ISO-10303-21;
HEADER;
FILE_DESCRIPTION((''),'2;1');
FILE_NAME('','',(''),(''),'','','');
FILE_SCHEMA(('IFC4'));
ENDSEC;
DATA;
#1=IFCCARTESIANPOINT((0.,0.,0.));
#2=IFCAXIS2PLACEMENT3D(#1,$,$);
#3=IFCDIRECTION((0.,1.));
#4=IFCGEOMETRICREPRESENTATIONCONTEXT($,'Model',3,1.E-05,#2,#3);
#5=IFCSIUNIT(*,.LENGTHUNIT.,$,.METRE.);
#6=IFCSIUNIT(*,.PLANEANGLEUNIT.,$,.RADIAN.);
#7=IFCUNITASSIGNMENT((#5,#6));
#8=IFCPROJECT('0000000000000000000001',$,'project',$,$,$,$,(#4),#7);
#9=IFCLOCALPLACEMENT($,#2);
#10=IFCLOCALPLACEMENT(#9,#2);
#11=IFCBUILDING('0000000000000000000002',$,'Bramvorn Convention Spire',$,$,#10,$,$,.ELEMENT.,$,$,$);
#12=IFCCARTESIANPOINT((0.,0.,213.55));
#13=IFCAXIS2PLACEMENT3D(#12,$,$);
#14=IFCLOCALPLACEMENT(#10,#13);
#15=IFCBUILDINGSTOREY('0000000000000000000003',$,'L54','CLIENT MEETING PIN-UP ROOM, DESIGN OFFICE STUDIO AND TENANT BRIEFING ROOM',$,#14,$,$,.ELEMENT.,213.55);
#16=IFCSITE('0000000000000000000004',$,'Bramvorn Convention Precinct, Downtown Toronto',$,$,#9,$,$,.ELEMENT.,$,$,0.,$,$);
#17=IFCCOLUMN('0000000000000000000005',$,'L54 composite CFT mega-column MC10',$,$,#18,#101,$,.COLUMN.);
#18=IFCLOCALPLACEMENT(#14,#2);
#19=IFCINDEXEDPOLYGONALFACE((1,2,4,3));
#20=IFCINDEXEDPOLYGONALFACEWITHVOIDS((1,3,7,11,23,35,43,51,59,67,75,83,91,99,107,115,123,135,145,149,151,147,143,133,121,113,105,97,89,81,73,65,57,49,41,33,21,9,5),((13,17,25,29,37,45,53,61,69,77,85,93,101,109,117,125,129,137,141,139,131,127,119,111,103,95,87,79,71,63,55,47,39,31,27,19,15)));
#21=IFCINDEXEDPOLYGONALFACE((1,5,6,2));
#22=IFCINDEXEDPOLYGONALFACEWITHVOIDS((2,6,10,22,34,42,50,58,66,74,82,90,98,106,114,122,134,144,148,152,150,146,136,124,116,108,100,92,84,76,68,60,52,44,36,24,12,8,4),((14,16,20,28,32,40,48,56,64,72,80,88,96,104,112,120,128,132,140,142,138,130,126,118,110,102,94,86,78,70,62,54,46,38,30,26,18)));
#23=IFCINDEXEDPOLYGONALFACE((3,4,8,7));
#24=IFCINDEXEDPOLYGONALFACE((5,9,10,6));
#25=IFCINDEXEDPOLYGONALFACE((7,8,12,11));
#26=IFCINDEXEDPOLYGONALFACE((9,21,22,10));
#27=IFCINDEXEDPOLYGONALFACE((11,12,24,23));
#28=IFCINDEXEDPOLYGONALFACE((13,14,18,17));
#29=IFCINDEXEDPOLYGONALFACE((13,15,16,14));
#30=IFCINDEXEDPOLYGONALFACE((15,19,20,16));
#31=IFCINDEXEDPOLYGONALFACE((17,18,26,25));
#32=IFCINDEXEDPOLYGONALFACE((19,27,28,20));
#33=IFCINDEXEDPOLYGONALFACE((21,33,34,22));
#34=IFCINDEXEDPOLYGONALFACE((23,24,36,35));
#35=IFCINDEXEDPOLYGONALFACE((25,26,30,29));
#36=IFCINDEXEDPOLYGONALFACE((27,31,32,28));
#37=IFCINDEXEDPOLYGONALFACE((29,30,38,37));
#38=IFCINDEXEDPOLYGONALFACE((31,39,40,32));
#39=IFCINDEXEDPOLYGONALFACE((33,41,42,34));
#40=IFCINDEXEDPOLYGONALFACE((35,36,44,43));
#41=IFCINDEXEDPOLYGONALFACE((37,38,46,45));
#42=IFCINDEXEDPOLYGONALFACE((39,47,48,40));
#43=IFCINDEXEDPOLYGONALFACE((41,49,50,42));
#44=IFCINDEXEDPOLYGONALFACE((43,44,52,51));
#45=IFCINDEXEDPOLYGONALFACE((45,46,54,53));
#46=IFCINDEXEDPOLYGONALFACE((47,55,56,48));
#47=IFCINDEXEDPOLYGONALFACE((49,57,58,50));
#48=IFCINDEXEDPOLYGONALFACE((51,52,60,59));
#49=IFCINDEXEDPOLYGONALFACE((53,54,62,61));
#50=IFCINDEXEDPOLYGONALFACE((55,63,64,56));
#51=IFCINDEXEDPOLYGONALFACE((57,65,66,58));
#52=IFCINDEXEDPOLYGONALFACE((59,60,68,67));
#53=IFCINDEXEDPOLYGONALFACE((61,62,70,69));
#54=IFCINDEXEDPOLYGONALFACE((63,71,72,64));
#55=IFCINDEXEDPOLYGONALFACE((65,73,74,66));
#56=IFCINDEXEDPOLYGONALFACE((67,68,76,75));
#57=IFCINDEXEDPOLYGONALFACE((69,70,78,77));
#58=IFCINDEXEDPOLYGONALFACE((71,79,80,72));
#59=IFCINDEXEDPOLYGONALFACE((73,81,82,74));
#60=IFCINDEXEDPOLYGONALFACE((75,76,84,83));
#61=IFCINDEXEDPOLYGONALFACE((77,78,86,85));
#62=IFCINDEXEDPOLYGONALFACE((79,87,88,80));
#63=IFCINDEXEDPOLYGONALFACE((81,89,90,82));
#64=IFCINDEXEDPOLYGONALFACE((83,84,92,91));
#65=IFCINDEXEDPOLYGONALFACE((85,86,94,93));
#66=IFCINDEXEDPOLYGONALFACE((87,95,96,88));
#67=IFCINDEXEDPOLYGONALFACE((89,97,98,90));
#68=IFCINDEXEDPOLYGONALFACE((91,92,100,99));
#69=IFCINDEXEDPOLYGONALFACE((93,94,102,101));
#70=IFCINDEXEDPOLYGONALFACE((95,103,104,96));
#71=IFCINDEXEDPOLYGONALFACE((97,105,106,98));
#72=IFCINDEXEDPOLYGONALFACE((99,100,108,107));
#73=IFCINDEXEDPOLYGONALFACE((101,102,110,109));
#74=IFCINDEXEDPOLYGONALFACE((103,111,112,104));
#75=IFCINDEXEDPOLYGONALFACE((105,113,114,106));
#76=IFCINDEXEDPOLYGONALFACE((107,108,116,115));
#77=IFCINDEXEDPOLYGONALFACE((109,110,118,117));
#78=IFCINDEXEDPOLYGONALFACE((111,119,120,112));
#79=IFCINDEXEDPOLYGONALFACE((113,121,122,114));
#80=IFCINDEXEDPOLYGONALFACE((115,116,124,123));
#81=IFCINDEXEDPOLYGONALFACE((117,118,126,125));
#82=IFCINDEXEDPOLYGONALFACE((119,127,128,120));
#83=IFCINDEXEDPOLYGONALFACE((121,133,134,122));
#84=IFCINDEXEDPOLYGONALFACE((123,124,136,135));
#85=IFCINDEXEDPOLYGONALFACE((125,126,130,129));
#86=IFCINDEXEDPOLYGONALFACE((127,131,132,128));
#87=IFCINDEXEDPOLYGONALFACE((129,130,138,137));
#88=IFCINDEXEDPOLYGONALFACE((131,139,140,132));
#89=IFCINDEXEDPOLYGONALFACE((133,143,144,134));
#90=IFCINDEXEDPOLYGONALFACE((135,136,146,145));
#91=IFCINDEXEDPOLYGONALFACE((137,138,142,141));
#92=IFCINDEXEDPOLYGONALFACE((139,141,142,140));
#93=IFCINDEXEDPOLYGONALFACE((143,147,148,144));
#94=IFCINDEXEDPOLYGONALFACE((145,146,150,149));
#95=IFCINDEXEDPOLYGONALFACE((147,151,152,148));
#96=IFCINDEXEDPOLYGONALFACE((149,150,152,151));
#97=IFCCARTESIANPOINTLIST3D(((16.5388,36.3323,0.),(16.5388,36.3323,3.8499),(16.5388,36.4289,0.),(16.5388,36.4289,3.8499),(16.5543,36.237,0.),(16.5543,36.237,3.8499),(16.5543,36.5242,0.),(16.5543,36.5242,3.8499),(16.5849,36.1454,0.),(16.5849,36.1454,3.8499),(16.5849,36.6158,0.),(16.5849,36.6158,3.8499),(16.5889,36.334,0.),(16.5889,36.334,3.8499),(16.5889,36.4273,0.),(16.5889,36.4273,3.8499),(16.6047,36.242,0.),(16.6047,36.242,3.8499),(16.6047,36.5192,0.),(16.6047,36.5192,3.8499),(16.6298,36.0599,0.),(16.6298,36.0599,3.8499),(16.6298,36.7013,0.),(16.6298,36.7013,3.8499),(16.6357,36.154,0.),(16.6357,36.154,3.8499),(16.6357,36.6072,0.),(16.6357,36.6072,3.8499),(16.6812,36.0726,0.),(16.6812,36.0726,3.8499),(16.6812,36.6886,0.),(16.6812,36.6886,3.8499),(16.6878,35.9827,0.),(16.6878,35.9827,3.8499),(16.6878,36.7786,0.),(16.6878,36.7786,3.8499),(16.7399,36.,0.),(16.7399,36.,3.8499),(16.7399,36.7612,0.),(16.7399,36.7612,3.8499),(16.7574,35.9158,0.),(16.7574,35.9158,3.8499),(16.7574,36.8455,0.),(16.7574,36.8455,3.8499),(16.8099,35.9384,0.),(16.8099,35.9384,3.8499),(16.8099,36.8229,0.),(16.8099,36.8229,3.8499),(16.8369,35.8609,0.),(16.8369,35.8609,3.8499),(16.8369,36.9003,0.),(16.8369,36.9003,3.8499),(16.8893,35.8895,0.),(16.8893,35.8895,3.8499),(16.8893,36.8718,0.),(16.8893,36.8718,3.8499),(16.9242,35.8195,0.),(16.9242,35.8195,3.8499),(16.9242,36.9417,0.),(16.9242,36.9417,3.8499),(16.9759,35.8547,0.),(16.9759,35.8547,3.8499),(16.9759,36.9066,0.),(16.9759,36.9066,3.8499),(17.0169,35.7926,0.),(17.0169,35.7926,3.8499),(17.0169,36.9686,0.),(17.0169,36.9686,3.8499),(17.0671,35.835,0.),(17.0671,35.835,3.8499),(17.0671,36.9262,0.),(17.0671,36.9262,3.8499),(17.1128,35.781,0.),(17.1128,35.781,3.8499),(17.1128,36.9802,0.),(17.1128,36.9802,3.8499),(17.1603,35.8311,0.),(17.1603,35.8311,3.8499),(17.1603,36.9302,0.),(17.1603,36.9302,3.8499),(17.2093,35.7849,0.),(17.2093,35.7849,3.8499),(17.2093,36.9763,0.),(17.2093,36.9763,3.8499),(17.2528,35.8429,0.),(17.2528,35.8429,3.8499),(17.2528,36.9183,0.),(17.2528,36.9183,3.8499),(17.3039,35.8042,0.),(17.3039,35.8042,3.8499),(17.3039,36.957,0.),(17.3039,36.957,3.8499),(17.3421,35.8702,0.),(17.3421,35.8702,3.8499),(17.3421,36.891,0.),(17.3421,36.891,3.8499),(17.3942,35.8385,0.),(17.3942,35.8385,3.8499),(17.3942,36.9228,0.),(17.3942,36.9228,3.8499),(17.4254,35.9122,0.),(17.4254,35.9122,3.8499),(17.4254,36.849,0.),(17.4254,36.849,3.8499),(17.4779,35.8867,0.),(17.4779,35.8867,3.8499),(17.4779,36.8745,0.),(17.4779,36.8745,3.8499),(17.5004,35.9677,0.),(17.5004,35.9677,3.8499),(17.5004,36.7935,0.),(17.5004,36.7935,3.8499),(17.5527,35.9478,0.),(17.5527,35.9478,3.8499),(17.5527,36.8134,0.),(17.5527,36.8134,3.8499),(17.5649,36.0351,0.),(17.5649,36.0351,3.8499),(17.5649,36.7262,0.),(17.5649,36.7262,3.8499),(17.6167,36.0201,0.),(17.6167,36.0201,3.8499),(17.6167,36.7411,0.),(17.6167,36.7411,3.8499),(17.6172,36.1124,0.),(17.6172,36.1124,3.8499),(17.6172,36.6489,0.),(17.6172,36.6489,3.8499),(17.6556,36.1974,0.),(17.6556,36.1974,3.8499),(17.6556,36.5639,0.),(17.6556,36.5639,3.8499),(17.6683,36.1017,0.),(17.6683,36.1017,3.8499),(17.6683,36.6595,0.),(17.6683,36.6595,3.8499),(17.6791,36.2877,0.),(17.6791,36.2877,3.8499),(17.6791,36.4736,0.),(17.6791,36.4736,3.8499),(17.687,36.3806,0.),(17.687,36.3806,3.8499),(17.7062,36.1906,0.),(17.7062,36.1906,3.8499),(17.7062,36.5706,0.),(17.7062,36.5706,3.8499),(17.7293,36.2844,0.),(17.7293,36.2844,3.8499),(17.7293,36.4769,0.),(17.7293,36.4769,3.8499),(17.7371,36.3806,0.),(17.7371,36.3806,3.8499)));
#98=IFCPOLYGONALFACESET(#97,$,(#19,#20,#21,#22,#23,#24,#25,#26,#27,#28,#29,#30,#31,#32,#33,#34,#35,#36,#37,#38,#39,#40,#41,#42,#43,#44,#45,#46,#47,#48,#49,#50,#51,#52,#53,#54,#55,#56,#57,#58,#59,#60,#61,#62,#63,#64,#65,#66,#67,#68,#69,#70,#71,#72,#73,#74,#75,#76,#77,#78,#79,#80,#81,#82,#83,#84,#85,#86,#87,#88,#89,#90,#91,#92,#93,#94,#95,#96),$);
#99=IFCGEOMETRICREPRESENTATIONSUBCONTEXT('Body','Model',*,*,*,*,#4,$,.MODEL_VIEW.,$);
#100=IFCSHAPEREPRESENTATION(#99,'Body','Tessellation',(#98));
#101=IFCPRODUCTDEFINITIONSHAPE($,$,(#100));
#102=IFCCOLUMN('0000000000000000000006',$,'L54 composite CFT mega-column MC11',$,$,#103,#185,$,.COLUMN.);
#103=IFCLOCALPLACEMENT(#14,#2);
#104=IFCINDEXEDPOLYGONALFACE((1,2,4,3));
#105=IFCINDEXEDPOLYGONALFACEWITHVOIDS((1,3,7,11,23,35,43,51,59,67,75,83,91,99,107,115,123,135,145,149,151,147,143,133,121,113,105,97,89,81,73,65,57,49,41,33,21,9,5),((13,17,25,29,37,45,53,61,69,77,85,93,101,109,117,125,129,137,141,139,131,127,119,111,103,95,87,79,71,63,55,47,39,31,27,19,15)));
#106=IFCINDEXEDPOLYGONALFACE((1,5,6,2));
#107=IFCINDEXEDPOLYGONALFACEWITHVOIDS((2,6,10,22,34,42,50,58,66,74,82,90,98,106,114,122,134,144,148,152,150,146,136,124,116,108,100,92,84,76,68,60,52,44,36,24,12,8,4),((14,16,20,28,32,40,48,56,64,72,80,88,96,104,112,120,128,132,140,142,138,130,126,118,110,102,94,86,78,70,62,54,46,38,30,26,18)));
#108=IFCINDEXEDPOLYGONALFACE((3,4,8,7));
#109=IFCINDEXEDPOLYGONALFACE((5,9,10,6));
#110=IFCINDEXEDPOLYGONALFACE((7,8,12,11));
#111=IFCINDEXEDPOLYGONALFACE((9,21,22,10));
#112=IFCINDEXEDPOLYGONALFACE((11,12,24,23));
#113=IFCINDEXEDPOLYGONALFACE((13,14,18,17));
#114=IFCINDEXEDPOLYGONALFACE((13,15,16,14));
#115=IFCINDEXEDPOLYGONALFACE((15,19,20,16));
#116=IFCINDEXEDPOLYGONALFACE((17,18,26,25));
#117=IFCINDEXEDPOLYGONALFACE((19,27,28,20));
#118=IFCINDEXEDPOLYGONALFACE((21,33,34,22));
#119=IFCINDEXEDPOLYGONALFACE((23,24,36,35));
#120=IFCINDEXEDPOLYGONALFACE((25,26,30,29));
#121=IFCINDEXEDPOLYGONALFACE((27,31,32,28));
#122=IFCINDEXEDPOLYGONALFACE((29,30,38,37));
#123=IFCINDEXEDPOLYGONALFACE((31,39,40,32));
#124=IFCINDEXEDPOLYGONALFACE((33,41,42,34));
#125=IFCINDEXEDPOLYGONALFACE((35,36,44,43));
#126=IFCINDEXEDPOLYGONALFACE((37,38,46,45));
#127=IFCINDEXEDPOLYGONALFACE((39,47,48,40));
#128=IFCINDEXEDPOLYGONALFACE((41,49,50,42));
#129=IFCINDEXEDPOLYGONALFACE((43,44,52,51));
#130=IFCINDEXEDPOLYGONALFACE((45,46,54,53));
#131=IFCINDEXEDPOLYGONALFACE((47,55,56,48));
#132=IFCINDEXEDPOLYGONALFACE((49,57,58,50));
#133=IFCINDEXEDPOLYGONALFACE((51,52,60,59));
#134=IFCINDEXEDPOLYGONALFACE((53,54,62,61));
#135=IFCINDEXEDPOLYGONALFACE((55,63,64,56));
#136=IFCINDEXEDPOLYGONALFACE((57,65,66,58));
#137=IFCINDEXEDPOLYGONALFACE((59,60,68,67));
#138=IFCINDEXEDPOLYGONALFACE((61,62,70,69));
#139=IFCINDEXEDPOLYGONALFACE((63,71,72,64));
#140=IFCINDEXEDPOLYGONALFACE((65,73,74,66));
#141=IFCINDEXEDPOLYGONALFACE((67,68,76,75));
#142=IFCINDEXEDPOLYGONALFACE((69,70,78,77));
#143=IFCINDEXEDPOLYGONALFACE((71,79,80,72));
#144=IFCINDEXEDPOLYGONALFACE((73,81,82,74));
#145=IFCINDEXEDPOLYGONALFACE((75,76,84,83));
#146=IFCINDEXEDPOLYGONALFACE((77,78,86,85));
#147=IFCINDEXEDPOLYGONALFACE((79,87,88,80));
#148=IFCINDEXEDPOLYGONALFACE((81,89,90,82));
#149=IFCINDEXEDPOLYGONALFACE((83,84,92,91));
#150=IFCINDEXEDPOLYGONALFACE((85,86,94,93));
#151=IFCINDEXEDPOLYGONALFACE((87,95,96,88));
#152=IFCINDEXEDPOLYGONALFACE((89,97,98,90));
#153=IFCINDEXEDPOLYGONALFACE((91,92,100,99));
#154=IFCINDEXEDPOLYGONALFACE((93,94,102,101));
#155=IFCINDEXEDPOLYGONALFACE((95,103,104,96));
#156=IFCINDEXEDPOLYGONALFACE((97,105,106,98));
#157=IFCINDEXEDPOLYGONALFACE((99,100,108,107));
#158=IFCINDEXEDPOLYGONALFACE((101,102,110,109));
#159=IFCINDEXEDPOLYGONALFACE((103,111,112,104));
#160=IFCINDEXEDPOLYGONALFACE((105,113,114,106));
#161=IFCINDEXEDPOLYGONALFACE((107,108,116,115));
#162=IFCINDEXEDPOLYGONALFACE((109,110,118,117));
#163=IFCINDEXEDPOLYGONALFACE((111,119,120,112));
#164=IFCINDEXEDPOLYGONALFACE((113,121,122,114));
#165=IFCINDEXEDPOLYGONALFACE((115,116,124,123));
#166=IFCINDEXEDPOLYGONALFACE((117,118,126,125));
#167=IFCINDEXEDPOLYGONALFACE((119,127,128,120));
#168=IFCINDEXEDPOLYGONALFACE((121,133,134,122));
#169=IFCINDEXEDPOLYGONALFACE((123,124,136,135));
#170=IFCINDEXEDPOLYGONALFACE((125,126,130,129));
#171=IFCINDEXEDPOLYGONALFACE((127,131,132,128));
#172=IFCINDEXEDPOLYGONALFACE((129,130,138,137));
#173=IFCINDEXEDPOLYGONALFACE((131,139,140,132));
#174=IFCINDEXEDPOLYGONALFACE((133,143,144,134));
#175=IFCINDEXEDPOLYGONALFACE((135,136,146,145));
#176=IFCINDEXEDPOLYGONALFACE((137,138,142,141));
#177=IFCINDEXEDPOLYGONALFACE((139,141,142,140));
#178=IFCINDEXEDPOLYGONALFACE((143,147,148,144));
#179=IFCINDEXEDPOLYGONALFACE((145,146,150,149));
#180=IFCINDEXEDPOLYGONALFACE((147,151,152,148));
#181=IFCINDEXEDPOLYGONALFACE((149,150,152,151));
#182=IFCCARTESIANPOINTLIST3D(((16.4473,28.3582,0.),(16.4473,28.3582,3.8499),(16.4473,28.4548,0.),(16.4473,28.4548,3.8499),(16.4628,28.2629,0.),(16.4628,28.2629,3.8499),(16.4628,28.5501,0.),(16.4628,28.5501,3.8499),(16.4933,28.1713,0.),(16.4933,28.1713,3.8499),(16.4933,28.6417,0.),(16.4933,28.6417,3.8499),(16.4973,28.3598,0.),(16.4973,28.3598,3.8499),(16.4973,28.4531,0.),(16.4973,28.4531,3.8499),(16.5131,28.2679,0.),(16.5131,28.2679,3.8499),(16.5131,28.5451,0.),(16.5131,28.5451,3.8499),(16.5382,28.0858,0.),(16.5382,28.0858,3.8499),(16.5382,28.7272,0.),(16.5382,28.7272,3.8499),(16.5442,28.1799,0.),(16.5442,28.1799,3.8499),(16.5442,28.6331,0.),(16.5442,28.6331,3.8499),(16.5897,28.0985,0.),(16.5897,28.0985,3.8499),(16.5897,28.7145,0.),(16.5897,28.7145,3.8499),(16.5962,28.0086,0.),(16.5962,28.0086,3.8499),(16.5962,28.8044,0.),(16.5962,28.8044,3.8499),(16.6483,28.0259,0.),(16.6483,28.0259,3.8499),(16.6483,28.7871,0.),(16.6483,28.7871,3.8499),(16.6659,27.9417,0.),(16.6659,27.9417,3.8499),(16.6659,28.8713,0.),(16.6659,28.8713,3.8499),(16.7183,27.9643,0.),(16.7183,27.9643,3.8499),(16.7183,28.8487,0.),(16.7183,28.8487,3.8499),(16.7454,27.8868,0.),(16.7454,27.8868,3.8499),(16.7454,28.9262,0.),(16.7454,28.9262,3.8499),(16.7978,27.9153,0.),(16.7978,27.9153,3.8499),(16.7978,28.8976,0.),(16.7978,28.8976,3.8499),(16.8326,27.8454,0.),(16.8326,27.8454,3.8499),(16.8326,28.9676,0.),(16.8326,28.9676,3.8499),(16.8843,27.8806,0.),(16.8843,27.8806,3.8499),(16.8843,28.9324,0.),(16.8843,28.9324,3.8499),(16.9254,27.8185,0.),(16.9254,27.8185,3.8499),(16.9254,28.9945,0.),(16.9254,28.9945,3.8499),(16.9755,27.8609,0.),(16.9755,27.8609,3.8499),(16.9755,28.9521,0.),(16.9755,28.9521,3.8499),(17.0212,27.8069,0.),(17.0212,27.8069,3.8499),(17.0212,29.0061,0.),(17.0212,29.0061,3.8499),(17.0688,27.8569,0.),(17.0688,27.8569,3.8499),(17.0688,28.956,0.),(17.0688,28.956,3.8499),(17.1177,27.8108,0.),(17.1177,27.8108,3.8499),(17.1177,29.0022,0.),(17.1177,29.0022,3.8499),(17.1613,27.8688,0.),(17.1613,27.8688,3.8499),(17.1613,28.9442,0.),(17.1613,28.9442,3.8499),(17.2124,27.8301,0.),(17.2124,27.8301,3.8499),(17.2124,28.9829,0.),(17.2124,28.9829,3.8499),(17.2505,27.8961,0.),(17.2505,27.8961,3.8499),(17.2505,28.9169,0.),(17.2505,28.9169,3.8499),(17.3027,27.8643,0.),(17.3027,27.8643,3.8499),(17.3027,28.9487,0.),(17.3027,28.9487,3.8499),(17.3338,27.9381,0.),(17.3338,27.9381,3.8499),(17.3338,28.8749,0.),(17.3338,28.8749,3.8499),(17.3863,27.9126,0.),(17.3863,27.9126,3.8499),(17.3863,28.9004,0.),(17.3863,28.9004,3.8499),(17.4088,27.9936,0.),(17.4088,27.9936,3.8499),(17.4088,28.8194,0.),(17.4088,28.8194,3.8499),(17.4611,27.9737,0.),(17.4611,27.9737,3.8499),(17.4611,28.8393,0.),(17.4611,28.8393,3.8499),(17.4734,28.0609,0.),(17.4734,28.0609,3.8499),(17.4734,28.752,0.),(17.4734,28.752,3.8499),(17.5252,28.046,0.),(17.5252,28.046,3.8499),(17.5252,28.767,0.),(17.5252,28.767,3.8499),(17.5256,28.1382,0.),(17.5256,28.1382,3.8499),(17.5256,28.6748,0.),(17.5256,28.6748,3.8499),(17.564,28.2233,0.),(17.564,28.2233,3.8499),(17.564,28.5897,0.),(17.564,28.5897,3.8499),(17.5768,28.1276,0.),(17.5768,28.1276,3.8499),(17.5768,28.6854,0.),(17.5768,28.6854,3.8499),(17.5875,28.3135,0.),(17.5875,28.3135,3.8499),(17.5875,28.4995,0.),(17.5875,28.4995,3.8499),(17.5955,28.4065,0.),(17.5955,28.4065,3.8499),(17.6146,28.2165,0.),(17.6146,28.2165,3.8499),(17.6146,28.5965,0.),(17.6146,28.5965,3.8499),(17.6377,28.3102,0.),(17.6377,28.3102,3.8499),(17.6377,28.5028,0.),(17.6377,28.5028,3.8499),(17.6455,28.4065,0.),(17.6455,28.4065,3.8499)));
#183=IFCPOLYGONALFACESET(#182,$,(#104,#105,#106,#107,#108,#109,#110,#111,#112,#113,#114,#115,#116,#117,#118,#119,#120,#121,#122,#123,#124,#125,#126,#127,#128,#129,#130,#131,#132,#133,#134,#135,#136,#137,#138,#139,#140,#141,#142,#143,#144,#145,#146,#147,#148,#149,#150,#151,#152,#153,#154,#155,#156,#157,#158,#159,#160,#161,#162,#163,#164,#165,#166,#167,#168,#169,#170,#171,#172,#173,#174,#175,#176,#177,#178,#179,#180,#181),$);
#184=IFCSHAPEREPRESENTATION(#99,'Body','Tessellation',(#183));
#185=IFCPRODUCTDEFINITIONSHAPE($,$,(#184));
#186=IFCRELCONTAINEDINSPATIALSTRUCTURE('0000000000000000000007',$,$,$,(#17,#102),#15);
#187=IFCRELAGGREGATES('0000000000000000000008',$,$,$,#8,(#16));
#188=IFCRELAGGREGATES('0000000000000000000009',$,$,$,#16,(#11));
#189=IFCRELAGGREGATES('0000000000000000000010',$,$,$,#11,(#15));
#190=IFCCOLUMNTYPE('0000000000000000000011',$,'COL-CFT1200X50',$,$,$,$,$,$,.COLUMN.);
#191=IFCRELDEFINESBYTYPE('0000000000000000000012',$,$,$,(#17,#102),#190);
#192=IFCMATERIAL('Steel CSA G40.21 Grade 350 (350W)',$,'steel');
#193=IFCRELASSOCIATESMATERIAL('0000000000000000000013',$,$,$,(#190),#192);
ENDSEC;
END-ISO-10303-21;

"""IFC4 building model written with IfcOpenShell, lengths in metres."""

from ifc_helpers import new_model, si_unit, direction, frame, origin, origin_2d, place, context, subcontext, project, spatial, hollow_circle, extrude, material, material_profile, profile_set, type_object, element, save


model = new_model("IFC4")

# Units and contexts
model_context = context("Model", 3, precision=1e-05, world=origin(), true_north=direction((0.0, 1.0)))
body_context = subcontext(model_context, "Body", "Model", "MODEL_VIEW")
ifc_project = project(units=[si_unit("LENGTHUNIT", "METRE"), si_unit("PLANEANGLEUNIT", "RADIAN")], contexts=[model_context])

# Site, building, storey
site_placement = place(None, origin())
site = spatial("IfcSite", under=ifc_project, at=site_placement, Name="Bramvorn Convention Precinct, Downtown Toronto", CompositionType="ELEMENT", RefElevation=0.0)
building_placement = place(site_placement, origin())
building = spatial("IfcBuilding", under=site, at=building_placement, Name="Bramvorn Convention Spire", CompositionType="ELEMENT")
storey_placement = place(building_placement, frame((0.0, 0.0, 213.55)))
storey = spatial("IfcBuildingStorey", under=building, at=storey_placement, Name="L54", Description="CLIENT MEETING PIN-UP ROOM, DESIGN OFFICE STUDIO AND TENANT BRIEFING ROOM", CompositionType="ELEMENT", Elevation=213.55)

# Columns
ifc_material_1 = material(Name="Steel CSA G40.21 Grade 350 (350W)", Category="steel")
ifc_material_profile_1 = material_profile(ifc_material_1, hollow_circle(Radius=0.6001, WallThickness=0.05, at=origin_2d()))
ifc_profile_set_1 = profile_set([ifc_material_profile_1], Name="Steel CSA G40.21 Grade 350 (350W) - CFT1200X50")
column_type = type_object("IfcColumnType", Name="COL-CFT1200X50", PredefinedType="COLUMN", material=ifc_profile_set_1)
for number, where, z_axis, x_axis, name in (
    (1, (17.137, 36.3806, 0.0), (0.0, 0.0, 1.0), (1.0, 0.0, 0.0), "L54 composite CFT mega-column MC10"),
    (2, (17.0454, 28.4065, 0.0), (0.0, 0.0, 1.0), (1.0, 0.0, 0.0), "L54 composite CFT mega-column MC11"),
):
    element("IfcColumn", number, at=place(storey_placement, frame(where, z_axis=z_axis, x_axis=x_axis)), inside=storey, type_object=column_type, Name=name, PredefinedType="COLUMN", context=body_context, shape_type="SweptSolid", body=[
        extrude(hollow_circle(Radius=0.6001, WallThickness=0.05, at=origin_2d()), origin(), (0.0, 0.0, 1.0), 3.8499),
    ])

save(model, "model.ifc")
